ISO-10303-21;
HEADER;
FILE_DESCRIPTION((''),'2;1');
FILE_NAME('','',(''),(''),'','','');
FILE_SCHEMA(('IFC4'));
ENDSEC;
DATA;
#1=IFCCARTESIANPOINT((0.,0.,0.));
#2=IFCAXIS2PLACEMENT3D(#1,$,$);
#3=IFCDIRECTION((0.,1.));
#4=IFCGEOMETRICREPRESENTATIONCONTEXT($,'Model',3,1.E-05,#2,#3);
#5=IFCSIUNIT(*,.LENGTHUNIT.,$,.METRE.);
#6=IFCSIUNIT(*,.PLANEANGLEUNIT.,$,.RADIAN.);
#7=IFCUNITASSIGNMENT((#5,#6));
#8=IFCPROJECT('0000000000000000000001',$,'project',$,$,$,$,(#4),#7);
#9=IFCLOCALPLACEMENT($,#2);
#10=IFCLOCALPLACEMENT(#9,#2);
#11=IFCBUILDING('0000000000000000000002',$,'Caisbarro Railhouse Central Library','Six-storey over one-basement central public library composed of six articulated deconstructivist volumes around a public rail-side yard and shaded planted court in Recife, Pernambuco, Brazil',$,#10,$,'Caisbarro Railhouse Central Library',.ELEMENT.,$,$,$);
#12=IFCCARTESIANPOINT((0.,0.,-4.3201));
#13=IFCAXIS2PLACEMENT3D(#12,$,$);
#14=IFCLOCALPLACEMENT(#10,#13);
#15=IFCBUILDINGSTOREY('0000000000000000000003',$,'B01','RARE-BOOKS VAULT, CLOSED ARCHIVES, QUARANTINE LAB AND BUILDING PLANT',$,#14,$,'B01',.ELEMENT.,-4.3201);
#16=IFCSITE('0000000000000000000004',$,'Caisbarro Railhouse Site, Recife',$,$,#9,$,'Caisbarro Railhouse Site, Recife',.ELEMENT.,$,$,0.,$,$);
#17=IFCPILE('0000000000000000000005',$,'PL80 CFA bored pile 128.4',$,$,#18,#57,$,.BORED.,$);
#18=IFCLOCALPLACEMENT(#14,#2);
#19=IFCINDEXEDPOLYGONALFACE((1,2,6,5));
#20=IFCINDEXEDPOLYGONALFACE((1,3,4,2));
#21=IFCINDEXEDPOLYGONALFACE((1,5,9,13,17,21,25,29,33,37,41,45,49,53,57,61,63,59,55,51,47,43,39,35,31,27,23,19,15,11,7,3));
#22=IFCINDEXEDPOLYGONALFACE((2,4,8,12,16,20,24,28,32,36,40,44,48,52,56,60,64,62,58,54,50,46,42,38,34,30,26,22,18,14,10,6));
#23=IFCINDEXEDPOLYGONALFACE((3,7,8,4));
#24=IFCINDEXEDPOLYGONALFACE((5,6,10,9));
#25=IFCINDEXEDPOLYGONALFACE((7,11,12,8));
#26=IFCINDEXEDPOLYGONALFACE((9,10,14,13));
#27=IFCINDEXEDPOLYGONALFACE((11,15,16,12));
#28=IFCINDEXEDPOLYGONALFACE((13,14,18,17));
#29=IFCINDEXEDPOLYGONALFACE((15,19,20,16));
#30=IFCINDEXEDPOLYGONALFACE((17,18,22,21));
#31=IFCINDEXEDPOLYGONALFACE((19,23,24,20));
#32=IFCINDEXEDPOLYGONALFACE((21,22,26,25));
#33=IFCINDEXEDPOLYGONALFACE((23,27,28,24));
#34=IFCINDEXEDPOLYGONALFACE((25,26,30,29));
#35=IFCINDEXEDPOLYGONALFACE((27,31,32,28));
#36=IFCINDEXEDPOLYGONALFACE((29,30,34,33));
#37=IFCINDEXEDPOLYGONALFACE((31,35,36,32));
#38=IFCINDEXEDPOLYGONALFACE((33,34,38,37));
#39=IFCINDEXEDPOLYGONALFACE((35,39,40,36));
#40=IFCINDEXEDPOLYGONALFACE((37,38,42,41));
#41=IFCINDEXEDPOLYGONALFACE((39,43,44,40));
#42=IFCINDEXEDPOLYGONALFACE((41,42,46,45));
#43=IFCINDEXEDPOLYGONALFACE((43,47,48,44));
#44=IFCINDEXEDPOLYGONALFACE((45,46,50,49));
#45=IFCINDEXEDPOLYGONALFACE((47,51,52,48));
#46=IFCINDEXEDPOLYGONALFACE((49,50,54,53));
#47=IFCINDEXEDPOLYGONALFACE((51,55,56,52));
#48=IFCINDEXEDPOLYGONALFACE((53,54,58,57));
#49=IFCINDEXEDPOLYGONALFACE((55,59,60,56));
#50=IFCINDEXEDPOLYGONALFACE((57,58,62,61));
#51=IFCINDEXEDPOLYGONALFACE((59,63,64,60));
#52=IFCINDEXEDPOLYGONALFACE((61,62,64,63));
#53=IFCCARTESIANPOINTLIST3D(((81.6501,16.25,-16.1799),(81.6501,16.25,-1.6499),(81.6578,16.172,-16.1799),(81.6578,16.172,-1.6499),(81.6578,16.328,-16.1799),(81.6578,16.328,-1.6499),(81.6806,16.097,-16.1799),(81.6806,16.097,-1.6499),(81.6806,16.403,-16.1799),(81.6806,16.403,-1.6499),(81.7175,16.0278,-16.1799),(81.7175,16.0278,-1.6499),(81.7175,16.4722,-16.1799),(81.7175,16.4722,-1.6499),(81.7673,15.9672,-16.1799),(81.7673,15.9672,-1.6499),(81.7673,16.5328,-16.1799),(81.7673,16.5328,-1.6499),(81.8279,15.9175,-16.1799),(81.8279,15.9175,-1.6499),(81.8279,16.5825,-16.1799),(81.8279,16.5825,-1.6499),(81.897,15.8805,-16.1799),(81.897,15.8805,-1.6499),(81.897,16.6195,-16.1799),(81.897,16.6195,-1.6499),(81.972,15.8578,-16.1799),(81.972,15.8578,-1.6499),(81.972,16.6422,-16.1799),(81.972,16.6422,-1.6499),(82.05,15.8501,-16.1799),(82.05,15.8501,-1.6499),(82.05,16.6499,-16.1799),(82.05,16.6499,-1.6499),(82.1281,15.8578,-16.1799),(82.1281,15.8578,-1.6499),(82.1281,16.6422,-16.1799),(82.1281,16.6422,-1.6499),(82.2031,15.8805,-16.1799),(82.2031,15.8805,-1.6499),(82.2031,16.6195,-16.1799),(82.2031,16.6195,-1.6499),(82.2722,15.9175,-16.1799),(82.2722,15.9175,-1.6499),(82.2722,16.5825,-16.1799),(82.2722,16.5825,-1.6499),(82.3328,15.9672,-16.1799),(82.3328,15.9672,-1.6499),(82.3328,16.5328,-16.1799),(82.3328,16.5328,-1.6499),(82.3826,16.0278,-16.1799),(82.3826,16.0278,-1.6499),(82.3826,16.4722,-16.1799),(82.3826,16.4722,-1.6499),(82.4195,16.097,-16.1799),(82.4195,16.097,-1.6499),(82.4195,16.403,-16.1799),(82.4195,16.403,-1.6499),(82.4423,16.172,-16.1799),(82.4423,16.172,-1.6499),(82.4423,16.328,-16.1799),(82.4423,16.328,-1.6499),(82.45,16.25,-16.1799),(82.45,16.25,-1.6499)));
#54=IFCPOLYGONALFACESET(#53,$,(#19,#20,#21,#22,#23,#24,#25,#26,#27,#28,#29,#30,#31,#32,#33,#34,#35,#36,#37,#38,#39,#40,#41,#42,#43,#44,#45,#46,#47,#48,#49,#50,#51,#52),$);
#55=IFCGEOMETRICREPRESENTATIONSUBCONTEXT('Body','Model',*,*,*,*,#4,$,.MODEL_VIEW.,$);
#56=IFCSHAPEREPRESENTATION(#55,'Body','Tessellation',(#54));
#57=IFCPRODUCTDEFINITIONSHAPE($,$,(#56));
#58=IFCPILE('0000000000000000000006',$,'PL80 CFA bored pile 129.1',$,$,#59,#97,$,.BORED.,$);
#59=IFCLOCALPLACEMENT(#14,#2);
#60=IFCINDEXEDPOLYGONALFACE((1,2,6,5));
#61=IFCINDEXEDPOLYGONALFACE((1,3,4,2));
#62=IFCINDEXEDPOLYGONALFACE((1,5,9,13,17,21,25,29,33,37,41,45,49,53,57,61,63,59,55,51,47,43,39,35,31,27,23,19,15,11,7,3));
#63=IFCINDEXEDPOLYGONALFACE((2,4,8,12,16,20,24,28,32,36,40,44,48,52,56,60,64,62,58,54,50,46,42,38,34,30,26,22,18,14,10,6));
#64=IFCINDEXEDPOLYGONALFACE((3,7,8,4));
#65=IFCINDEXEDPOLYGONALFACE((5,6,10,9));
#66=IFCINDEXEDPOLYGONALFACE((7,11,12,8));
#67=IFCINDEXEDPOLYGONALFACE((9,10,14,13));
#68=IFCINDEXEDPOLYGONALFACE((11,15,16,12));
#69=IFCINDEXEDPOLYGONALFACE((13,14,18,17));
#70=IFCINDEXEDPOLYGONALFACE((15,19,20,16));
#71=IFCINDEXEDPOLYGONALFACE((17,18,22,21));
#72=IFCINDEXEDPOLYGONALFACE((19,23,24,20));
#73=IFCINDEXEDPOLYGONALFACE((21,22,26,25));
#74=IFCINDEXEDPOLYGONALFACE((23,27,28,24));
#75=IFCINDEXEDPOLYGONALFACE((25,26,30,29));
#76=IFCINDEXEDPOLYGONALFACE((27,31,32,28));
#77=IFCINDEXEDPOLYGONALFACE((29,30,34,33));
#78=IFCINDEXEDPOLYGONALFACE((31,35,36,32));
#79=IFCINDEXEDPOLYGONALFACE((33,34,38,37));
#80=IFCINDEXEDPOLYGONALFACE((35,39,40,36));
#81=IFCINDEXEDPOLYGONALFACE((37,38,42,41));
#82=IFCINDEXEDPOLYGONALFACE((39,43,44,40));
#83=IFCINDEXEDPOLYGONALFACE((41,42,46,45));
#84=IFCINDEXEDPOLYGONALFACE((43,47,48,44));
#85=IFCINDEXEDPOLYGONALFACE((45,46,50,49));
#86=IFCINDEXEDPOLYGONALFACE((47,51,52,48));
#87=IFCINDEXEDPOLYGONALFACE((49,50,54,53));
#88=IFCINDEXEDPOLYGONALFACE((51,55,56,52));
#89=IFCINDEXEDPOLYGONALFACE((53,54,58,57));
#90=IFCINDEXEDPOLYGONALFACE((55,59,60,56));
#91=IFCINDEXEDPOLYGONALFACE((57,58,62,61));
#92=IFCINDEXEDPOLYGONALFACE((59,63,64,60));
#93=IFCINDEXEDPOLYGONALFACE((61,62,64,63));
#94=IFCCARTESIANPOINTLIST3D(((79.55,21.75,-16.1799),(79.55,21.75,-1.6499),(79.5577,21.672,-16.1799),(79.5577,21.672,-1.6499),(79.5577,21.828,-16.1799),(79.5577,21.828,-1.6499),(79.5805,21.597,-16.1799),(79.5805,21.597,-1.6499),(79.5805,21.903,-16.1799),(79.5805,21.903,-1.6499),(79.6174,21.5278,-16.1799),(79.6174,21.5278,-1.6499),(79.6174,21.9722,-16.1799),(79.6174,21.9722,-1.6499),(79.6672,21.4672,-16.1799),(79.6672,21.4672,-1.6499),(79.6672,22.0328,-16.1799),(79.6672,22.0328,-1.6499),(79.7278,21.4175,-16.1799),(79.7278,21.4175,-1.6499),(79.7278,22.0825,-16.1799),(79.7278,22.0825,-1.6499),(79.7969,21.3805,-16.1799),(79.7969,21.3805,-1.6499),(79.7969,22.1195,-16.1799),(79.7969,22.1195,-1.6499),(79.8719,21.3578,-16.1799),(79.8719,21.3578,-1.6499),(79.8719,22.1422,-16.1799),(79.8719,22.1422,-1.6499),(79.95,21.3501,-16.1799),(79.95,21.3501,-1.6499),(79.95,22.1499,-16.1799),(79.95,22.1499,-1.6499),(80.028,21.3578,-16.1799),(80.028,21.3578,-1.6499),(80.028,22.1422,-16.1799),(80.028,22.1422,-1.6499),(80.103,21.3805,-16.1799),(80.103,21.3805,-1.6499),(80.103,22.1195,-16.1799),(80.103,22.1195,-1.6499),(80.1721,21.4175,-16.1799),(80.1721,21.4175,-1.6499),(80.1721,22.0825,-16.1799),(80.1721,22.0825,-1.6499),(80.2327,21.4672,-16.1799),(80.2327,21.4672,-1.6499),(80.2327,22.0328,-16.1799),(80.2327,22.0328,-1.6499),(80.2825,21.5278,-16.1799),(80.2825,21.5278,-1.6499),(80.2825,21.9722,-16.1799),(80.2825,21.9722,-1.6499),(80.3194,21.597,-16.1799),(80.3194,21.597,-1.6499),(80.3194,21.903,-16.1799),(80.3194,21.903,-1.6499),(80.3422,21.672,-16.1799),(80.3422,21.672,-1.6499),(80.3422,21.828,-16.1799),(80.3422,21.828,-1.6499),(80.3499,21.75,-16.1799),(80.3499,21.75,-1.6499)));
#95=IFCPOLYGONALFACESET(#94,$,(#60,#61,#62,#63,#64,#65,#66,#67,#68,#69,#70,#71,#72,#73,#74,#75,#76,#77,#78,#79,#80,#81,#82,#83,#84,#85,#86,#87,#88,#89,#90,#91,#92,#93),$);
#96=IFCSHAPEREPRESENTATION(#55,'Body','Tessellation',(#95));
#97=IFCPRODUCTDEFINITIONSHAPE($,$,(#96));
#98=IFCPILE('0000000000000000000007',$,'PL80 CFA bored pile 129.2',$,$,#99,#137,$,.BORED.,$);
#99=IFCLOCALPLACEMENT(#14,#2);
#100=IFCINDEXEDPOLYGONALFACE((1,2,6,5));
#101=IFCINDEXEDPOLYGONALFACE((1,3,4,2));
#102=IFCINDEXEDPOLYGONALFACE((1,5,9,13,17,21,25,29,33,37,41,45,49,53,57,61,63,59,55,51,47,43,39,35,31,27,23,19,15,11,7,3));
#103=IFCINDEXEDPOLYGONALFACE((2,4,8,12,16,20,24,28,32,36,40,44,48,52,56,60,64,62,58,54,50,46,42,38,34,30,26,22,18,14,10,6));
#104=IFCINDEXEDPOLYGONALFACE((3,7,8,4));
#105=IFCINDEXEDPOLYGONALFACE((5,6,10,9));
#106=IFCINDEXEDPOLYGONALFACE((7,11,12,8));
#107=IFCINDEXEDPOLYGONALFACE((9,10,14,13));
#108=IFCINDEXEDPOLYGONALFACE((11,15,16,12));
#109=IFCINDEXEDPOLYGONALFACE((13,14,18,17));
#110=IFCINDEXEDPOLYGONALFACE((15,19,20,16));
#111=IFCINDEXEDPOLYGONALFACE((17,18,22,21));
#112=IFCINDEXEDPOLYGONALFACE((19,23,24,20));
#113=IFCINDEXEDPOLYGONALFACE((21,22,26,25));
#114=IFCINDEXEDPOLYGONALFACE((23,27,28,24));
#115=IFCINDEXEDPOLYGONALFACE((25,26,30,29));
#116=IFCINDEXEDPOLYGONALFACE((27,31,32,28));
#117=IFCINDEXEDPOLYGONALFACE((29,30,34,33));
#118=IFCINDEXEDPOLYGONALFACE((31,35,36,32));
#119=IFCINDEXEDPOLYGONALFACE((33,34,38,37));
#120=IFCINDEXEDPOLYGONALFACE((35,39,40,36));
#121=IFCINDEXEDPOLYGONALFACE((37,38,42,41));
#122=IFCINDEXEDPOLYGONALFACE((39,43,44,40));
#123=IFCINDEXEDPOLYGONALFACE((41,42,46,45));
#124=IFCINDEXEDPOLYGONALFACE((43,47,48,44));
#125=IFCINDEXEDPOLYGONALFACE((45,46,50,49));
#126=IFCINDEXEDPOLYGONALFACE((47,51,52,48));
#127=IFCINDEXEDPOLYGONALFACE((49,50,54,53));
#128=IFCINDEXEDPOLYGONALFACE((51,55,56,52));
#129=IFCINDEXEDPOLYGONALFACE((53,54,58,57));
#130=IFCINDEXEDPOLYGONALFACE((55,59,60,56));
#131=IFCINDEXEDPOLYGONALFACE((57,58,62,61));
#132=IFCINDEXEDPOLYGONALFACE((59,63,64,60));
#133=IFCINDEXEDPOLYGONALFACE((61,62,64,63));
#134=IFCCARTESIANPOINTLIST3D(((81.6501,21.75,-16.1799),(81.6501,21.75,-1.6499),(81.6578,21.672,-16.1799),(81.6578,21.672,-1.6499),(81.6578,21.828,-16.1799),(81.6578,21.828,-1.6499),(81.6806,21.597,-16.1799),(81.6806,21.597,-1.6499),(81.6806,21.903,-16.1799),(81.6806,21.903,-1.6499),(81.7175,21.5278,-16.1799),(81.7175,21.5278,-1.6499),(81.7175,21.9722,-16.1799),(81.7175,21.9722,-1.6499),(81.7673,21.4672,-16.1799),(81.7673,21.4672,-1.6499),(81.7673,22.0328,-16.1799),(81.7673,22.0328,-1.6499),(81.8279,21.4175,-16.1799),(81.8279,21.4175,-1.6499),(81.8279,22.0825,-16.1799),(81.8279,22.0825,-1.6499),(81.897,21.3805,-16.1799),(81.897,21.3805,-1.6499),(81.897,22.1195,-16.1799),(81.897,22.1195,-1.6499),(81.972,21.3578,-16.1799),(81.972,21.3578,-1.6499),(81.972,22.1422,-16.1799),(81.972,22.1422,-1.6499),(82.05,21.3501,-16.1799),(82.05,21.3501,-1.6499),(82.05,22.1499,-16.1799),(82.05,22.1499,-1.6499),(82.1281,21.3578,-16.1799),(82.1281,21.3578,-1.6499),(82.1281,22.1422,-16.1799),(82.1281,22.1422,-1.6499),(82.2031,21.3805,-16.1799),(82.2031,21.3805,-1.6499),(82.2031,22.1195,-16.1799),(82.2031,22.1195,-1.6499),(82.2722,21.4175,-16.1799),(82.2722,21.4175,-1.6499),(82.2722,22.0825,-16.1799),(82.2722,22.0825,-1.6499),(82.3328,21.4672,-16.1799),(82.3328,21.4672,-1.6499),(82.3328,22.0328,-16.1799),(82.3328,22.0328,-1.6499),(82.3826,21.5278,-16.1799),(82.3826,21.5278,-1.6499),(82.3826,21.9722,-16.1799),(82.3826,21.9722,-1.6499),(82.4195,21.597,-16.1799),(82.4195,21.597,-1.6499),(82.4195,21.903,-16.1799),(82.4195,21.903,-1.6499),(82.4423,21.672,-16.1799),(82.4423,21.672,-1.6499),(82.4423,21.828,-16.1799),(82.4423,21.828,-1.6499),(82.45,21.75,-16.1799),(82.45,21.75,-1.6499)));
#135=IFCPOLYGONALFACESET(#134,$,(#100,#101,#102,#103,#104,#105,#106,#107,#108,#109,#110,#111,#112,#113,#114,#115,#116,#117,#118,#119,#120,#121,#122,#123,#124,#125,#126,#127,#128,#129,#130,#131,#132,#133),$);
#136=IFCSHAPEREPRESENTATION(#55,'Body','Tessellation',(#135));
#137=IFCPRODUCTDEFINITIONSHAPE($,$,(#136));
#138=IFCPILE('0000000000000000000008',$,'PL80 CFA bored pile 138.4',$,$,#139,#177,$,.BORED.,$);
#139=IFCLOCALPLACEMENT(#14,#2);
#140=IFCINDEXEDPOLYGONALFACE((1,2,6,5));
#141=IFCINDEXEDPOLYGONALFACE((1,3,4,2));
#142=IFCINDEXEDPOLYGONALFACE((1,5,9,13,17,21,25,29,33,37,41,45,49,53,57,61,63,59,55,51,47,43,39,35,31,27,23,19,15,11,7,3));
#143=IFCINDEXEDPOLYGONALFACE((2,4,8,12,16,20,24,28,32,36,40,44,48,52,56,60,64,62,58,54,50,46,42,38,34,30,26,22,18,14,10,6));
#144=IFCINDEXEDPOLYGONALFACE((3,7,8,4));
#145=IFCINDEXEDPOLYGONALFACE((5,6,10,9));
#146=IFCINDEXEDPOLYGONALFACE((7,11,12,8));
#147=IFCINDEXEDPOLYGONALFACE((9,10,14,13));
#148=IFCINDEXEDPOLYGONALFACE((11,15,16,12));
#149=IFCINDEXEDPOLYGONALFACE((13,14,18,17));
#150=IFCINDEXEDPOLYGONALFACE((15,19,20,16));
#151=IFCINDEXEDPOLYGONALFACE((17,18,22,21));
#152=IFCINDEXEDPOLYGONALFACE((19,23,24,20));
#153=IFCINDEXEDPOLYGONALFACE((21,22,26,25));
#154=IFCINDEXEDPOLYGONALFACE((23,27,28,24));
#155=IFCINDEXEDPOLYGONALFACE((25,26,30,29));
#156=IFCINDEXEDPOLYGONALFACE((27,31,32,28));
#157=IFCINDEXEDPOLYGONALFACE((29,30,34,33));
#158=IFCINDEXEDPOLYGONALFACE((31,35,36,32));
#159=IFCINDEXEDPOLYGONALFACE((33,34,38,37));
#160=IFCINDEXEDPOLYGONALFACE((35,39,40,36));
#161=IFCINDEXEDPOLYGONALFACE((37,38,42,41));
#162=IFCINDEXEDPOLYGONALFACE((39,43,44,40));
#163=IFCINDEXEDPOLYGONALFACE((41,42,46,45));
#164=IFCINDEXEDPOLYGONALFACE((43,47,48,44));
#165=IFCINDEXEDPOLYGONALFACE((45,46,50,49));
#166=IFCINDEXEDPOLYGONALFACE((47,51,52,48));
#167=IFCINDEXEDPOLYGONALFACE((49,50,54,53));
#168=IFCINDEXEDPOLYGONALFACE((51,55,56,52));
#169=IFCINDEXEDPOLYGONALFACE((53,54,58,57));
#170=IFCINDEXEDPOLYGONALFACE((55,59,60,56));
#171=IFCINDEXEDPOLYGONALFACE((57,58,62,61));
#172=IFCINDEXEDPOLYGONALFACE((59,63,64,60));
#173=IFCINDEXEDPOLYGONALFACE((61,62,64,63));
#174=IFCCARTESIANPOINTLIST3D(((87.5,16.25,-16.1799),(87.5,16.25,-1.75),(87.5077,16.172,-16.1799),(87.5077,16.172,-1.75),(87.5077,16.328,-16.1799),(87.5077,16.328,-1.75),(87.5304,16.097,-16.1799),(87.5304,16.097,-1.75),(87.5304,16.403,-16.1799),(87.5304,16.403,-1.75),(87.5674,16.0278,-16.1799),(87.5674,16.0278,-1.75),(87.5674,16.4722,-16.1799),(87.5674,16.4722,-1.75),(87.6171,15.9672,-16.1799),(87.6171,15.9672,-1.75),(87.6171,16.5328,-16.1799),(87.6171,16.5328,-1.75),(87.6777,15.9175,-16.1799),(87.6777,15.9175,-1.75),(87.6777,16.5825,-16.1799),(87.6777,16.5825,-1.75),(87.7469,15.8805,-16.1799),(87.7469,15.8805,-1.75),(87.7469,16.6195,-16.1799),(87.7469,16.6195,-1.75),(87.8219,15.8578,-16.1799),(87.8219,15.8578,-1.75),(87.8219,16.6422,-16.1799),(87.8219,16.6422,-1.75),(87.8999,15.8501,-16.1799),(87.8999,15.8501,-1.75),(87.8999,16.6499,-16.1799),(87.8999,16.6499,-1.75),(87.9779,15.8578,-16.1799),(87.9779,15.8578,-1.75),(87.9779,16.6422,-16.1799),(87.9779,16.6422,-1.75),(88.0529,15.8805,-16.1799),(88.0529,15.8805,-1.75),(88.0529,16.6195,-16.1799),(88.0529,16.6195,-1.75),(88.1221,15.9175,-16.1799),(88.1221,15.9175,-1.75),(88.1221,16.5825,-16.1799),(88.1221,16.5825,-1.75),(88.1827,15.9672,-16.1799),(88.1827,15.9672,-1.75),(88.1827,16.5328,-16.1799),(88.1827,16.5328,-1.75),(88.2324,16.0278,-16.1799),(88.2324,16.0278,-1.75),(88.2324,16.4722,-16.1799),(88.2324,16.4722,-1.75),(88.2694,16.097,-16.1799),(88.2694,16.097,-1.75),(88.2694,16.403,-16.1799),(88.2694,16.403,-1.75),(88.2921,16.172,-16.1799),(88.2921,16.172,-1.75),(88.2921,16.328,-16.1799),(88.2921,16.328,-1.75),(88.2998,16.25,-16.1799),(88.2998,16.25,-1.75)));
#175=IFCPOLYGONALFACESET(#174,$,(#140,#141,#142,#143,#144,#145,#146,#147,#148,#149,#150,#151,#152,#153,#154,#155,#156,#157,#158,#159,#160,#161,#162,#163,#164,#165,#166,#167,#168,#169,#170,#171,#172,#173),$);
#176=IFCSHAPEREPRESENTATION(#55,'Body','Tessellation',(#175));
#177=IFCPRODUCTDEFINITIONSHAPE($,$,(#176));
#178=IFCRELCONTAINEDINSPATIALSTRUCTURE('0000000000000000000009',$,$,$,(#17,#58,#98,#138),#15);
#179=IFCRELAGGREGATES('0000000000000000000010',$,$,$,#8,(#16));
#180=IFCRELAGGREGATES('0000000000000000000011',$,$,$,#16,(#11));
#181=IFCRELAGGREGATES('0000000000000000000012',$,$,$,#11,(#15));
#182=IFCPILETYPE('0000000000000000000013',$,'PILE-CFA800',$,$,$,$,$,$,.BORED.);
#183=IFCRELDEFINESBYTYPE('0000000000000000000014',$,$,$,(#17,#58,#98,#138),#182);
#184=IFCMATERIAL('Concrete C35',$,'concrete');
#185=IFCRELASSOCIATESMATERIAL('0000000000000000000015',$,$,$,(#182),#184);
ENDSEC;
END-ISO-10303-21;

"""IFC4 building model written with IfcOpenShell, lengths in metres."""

from ifc_helpers import new_model, si_unit, direction, frame, origin, origin_2d, place, context, subcontext, project, spatial, circle, extrude, material, material_profile, profile_set, type_object, element, save


model = new_model("IFC4")

# Units and contexts
model_context = context("Model", 3, precision=1e-05, world=origin(), true_north=direction((0.0, 1.0)))
body_context = subcontext(model_context, "Body", "Model", "MODEL_VIEW")
ifc_project = project(units=[si_unit("LENGTHUNIT", "METRE"), si_unit("PLANEANGLEUNIT", "RADIAN")], contexts=[model_context])

# Site, building, storey
site_placement = place(None, origin())
site = spatial("IfcSite", under=ifc_project, at=site_placement, Name="Caisbarro Railhouse Site, Recife", LongName="Caisbarro Railhouse Site, Recife", CompositionType="ELEMENT", RefElevation=0.0)
building_placement = place(site_placement, origin())
building = spatial("IfcBuilding", under=site, at=building_placement, Name="Caisbarro Railhouse Central Library", Description="Six-storey over one-basement central public library composed of six articulated deconstructivist volumes around a public rail-side yard and shaded planted court in Recife, Pernambuco, Brazil", LongName="Caisbarro Railhouse Central Library", CompositionType="ELEMENT")
storey_placement = place(building_placement, frame((0.0, 0.0, -4.3201)))
storey = spatial("IfcBuildingStorey", under=building, at=storey_placement, Name="B01", Description="RARE-BOOKS VAULT, CLOSED ARCHIVES, QUARANTINE LAB AND BUILDING PLANT", LongName="B01", CompositionType="ELEMENT", Elevation=-4.3201)

# Piles
ifc_material_1 = material(Name="Concrete C35", Category="concrete")
ifc_material_profile_1 = material_profile(ifc_material_1, circle(Radius=0.3999, at=origin_2d()), Name="PILE-CFA-800")
ifc_profile_set_1 = profile_set([ifc_material_profile_1], Name="Concrete C35")
pile_type = type_object("IfcPileType", Name="PILE-CFA800", PredefinedType="BORED", material=ifc_profile_set_1)
for number, where, z_axis, x_axis, name in (
    (1, (82.05, 16.25, -1.6499), (0.0, 0.0, -1.0), (1.0, 0.0, 0.0), "PL80 CFA bored pile 128.4"),
    (2, (79.95, 21.75, -1.6499), (0.0, 0.0, -1.0), (1.0, 0.0, 0.0), "PL80 CFA bored pile 129.1"),
    (3, (82.05, 21.75, -1.6499), (0.0, 0.0, -1.0), (1.0, 0.0, 0.0), "PL80 CFA bored pile 129.2"),
):
    element("IfcPile", number, at=place(storey_placement, frame(where, z_axis=z_axis, x_axis=x_axis)), inside=storey, type_object=pile_type, Name=name, PredefinedType="BORED", context=body_context, shape_type="SweptSolid", body=[
        extrude(circle(Radius=0.3999, at=origin_2d()), origin(), (0.0, 0.0, 1.0), 14.53),
    ])
for number, where, z_axis, x_axis, name in (
    (4, (87.8999, 16.25, -1.75), (0.0, 0.0, -1.0), (1.0, 0.0, 0.0), "PL80 CFA bored pile 138.4"),
):
    element("IfcPile", number, at=place(storey_placement, frame(where, z_axis=z_axis, x_axis=x_axis)), inside=storey, type_object=pile_type, Name=name, PredefinedType="BORED", context=body_context, shape_type="SweptSolid", body=[
        extrude(circle(Radius=0.3999, at=origin_2d()), origin(), (0.0, 0.0, 1.0), 14.4299),
    ])

save(model, "model.ifc")
